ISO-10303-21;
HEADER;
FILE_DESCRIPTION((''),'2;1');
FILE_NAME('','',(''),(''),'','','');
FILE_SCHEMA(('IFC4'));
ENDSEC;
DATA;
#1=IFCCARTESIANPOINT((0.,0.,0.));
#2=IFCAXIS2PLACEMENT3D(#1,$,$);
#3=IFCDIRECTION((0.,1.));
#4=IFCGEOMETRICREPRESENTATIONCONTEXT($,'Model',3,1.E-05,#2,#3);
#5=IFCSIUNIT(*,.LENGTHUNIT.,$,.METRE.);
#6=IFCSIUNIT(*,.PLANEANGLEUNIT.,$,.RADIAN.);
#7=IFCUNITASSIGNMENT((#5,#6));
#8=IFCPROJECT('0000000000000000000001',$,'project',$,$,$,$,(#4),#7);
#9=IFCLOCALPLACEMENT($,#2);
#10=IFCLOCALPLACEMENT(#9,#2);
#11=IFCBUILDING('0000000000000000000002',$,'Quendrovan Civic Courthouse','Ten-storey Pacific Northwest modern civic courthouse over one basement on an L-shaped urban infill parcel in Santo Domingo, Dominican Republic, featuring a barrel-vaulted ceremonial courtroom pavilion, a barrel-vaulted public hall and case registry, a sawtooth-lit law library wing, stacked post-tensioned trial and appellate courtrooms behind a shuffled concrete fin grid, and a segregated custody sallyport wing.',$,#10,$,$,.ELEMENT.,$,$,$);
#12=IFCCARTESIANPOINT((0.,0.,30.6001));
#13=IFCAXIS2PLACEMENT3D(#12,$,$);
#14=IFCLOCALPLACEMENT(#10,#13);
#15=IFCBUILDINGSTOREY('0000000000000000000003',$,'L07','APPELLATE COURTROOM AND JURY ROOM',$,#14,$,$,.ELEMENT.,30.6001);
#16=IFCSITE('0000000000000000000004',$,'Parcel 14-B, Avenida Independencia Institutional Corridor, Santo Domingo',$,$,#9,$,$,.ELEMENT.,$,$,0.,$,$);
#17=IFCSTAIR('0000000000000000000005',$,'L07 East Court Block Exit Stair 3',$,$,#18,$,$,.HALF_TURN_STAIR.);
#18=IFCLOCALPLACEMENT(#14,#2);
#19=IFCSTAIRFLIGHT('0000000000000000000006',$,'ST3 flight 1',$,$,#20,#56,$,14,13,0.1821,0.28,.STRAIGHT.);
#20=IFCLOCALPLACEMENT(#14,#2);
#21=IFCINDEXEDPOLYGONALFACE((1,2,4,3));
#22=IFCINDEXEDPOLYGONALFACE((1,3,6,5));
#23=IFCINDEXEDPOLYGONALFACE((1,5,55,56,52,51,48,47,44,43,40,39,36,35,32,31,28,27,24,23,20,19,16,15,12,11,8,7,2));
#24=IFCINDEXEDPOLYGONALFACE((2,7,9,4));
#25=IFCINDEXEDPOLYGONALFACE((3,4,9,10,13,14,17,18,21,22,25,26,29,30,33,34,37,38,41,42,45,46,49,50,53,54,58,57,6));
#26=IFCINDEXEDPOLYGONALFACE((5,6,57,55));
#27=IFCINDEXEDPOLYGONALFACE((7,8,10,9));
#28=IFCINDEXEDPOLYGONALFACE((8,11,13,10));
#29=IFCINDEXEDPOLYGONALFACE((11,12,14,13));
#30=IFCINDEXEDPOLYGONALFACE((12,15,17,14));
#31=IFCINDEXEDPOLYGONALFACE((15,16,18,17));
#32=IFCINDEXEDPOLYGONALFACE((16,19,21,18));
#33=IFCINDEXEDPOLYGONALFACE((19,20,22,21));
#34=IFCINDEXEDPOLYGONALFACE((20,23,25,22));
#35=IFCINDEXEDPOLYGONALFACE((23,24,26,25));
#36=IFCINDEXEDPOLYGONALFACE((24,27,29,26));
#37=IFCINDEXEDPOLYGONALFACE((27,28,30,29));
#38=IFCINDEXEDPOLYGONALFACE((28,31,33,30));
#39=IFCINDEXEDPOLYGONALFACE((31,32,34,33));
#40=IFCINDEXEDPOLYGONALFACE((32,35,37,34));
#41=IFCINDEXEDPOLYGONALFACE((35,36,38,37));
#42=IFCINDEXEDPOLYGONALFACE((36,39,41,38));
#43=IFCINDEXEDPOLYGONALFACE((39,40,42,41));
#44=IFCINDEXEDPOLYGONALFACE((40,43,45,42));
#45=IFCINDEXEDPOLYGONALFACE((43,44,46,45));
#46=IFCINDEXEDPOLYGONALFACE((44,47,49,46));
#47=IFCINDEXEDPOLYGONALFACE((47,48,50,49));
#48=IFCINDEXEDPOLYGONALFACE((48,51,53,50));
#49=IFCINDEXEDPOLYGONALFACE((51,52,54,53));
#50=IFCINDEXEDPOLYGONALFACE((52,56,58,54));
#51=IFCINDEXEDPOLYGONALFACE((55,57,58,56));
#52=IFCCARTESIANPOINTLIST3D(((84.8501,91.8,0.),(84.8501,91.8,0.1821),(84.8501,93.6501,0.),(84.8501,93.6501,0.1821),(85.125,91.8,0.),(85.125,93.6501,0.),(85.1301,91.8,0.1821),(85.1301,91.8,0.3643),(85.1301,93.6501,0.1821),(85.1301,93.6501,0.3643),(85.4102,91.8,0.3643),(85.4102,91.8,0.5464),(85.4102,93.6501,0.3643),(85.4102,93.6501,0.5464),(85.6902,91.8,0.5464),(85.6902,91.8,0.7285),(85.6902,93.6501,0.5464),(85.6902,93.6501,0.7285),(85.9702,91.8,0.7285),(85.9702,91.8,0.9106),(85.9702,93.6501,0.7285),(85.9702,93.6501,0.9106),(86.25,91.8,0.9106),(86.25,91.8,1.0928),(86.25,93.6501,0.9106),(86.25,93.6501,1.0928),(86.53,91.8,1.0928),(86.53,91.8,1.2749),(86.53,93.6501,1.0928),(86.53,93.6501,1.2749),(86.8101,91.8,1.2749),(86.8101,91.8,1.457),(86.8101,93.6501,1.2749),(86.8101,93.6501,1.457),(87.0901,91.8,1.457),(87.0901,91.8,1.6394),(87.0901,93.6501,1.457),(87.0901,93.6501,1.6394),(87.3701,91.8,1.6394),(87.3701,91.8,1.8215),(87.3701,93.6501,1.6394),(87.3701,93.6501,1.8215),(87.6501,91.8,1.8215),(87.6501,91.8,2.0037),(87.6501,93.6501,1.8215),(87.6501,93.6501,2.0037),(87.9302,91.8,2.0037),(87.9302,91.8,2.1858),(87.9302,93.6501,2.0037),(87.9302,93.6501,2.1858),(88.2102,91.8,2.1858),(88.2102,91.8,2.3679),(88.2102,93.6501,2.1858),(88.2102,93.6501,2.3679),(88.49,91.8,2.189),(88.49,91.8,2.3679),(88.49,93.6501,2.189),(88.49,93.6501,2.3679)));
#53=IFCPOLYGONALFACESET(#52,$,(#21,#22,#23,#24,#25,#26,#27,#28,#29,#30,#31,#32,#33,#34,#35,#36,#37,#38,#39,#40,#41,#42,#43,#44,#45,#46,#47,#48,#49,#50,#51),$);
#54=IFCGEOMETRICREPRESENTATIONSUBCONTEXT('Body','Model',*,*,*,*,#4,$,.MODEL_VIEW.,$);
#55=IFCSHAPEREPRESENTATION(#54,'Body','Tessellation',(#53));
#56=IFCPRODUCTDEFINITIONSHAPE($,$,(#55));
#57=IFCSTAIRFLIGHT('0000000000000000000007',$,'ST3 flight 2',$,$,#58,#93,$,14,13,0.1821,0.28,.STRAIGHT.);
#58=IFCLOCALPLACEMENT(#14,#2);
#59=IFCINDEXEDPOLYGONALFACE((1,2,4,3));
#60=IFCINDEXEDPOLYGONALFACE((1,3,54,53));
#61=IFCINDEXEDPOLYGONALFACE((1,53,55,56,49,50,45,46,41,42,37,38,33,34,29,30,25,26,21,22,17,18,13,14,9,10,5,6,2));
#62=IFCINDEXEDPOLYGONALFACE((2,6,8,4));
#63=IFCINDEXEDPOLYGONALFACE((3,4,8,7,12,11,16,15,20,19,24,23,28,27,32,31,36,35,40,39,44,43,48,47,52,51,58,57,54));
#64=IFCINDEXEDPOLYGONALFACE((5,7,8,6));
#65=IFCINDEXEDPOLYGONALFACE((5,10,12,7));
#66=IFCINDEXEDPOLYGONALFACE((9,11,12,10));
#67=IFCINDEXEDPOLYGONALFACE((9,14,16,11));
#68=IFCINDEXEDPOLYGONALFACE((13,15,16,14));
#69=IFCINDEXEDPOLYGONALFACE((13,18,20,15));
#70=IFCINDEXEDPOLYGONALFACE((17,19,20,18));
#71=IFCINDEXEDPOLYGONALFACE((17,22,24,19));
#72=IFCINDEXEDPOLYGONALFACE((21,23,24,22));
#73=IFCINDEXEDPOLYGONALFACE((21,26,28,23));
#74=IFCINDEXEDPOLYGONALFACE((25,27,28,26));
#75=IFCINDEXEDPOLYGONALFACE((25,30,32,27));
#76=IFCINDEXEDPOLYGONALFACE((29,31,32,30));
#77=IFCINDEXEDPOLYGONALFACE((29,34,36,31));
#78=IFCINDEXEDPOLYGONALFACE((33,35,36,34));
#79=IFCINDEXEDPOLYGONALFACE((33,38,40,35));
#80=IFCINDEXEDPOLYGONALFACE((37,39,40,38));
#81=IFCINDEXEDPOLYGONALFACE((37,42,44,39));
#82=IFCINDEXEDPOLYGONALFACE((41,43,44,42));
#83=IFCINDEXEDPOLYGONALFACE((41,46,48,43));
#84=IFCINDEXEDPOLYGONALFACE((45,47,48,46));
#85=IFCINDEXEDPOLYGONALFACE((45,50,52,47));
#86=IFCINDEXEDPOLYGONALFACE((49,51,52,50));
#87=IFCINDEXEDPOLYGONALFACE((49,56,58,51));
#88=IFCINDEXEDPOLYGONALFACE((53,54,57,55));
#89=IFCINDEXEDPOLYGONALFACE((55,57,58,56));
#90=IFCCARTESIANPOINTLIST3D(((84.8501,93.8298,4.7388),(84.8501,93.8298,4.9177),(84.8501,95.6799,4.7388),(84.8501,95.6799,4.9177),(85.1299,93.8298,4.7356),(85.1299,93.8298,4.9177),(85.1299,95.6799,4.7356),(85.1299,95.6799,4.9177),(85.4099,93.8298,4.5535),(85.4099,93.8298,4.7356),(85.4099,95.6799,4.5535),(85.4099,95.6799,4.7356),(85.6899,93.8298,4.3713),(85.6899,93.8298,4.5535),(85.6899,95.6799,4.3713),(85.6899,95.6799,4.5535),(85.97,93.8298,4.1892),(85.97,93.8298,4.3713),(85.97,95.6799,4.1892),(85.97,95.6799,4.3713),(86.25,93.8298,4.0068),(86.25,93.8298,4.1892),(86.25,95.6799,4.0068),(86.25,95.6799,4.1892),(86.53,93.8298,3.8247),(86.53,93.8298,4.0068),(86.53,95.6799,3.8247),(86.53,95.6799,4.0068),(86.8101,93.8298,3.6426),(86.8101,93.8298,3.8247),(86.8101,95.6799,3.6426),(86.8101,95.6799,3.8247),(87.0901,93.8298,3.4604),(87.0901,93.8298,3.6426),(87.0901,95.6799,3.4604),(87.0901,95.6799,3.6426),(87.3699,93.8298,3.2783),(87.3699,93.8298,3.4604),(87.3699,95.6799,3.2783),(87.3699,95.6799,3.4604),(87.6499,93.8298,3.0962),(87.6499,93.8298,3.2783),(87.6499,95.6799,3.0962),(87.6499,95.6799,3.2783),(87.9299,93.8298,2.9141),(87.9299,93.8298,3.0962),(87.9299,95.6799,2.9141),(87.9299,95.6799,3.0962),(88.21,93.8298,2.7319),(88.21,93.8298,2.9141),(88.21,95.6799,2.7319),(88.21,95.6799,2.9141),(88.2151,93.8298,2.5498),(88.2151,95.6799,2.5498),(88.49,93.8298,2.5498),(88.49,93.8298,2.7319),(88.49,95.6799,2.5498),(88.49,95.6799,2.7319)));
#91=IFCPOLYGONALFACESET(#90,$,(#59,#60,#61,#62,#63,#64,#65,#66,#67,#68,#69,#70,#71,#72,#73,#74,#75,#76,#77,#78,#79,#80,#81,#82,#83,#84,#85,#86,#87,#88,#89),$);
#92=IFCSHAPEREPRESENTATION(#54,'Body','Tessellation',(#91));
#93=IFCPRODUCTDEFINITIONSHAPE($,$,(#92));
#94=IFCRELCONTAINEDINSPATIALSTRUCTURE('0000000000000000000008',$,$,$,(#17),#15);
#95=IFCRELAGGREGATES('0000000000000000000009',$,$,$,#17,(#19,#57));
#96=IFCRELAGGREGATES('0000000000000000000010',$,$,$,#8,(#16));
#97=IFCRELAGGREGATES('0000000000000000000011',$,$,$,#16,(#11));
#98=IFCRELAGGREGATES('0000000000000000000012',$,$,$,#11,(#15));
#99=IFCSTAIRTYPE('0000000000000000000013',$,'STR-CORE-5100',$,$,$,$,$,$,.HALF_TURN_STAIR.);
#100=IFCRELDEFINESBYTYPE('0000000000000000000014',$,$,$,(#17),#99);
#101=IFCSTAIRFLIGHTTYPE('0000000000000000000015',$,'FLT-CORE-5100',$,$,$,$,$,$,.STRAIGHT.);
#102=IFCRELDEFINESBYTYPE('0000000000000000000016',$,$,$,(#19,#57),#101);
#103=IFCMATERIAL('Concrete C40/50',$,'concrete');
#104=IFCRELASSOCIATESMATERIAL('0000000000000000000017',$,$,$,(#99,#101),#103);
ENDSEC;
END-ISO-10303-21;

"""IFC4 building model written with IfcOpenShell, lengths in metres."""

from ifc_helpers import new_model, si_unit, direction, frame, origin, place, context, subcontext, project, spatial, polyline, outline, extrude, material, type_object, element, aggregate, save


model = new_model("IFC4")

# Units and contexts
model_context = context("Model", 3, precision=1e-05, world=origin(), true_north=direction((0.0, 1.0)))
body_context = subcontext(model_context, "Body", "Model", "MODEL_VIEW")
ifc_project = project(units=[si_unit("LENGTHUNIT", "METRE"), si_unit("PLANEANGLEUNIT", "RADIAN")], contexts=[model_context])

# Site, building, storey
site_placement = place(None, origin())
site = spatial("IfcSite", under=ifc_project, at=site_placement, Name="Parcel 14-B, Avenida Independencia Institutional Corridor, Santo Domingo", CompositionType="ELEMENT", RefElevation=0.0)
building_placement = place(site_placement, origin())
building = spatial("IfcBuilding", under=site, at=building_placement, Name="Quendrovan Civic Courthouse", Description="Ten-storey Pacific Northwest modern civic courthouse over one basement on an L-shaped urban infill parcel in Santo Domingo, Dominican Republic, featuring a barrel-vaulted ceremonial courtroom pavilion, a barrel-vaulted public hall and case registry, a sawtooth-lit law library wing, stacked post-tensioned trial and appellate courtrooms behind a shuffled concrete fin grid, and a segregated custody sallyport wing.", CompositionType="ELEMENT")
storey_placement = place(building_placement, frame((0.0, 0.0, 30.6001)))
storey = spatial("IfcBuildingStorey", under=building, at=storey_placement, Name="L07", Description="APPELLATE COURTROOM AND JURY ROOM", CompositionType="ELEMENT", Elevation=30.6001)

# Shared definitions
ifc_material_1 = material(Name="Concrete C40/50", Category="concrete")

# Stair, stair flights
stair_type = type_object("IfcStairType", Name="STR-CORE-5100", PredefinedType="HALF_TURN_STAIR", material=ifc_material_1)
stair_placement = place(storey_placement, origin())
stair = element("IfcStair", 1, at=stair_placement, inside=storey, type_object=stair_type, Name="L07 East Court Block Exit Stair 3", PredefinedType="HALF_TURN_STAIR")
stair_flight_type = type_object("IfcStairFlightType", Name="FLT-CORE-5100", PredefinedType="STRAIGHT", material=ifc_material_1)
stair_flight_1_placement = place(storey_placement, frame((84.8501, 92.7251, 0.0), z_axis=(0.0, 0.0, 1.0), x_axis=(1.0, 0.0, 0.0)))
stair_flight_1 = element("IfcStairFlight", 2, at=stair_flight_1_placement, type_object=stair_flight_type, Name="ST3 flight 1", NumberOfRisers=14, NumberOfTreads=13, PredefinedType="STRAIGHT", RiserHeight=0.1821, TreadLength=0.28, context=body_context, shape_type="SweptSolid", body=[
    extrude(outline(polyline([(0.0, 0.0), (0.0, 0.1821), (0.28, 0.1821), (0.28, 0.3643), (0.5601, 0.3643), (0.5601, 0.5464), (0.8401, 0.5464), (0.8401, 0.7285), (1.1201, 0.7285), (1.1201, 0.9106), (1.3999, 0.9106), (1.3999, 1.0928), (1.6799, 1.0928), (1.6799, 1.2749), (1.96, 1.2749), (1.96, 1.457), (2.24, 1.457), (2.24, 1.6394), (2.52, 1.6394), (2.52, 1.8215), (2.8, 1.8215), (2.8, 2.0037), (3.0801, 2.0037), (3.0801, 2.1858), (3.3601, 2.1858), (3.3601, 2.3679), (3.6399, 2.3679), (3.6399, 2.55), (3.6399, 2.189), (0.2749, 0.0), (0.0, 0.0)])), frame((0.0, 0.925, 0.0), z_axis=(0.0, -1.0, 0.0), x_axis=(1.0, 0.0, 0.0)), (0.0, 0.0, 1.0), 1.8501),
])
stair_flight_2_placement = place(storey_placement, frame((88.49, 94.7549, 2.5498), z_axis=(0.0, 0.0, 1.0), x_axis=(-1.0, 0.0, 0.0)))
stair_flight_2 = element("IfcStairFlight", 3, at=stair_flight_2_placement, type_object=stair_flight_type, Name="ST3 flight 2", NumberOfRisers=14, NumberOfTreads=13, PredefinedType="STRAIGHT", RiserHeight=0.1821, TreadLength=0.28, context=body_context, shape_type="SweptSolid", body=[
    extrude(outline(polyline([(0.0, 0.0), (0.0, 0.1821), (0.28, 0.1821), (0.28, 0.3643), (0.5601, 0.3643), (0.5601, 0.5464), (0.8401, 0.5464), (0.8401, 0.7285), (1.1201, 0.7285), (1.1201, 0.9106), (1.3999, 0.9106), (1.3999, 1.0928), (1.6799, 1.0928), (1.6799, 1.2749), (1.96, 1.2749), (1.96, 1.457), (2.24, 1.457), (2.24, 1.6394), (2.52, 1.6394), (2.52, 1.8215), (2.8, 1.8215), (2.8, 2.0037), (3.0801, 2.0037), (3.0801, 2.1858), (3.3601, 2.1858), (3.3601, 2.3679), (3.6399, 2.3679), (3.6399, 2.55), (3.6399, 2.189), (0.2749, 0.0), (0.0, 0.0)])), frame((0.0, 0.925, 0.0), z_axis=(0.0, -1.0, 0.0), x_axis=(1.0, 0.0, 0.0)), (0.0, 0.0, 1.0), 1.8501),
])
aggregate(stair, [stair_flight_1, stair_flight_2])

save(model, "model.ifc")
